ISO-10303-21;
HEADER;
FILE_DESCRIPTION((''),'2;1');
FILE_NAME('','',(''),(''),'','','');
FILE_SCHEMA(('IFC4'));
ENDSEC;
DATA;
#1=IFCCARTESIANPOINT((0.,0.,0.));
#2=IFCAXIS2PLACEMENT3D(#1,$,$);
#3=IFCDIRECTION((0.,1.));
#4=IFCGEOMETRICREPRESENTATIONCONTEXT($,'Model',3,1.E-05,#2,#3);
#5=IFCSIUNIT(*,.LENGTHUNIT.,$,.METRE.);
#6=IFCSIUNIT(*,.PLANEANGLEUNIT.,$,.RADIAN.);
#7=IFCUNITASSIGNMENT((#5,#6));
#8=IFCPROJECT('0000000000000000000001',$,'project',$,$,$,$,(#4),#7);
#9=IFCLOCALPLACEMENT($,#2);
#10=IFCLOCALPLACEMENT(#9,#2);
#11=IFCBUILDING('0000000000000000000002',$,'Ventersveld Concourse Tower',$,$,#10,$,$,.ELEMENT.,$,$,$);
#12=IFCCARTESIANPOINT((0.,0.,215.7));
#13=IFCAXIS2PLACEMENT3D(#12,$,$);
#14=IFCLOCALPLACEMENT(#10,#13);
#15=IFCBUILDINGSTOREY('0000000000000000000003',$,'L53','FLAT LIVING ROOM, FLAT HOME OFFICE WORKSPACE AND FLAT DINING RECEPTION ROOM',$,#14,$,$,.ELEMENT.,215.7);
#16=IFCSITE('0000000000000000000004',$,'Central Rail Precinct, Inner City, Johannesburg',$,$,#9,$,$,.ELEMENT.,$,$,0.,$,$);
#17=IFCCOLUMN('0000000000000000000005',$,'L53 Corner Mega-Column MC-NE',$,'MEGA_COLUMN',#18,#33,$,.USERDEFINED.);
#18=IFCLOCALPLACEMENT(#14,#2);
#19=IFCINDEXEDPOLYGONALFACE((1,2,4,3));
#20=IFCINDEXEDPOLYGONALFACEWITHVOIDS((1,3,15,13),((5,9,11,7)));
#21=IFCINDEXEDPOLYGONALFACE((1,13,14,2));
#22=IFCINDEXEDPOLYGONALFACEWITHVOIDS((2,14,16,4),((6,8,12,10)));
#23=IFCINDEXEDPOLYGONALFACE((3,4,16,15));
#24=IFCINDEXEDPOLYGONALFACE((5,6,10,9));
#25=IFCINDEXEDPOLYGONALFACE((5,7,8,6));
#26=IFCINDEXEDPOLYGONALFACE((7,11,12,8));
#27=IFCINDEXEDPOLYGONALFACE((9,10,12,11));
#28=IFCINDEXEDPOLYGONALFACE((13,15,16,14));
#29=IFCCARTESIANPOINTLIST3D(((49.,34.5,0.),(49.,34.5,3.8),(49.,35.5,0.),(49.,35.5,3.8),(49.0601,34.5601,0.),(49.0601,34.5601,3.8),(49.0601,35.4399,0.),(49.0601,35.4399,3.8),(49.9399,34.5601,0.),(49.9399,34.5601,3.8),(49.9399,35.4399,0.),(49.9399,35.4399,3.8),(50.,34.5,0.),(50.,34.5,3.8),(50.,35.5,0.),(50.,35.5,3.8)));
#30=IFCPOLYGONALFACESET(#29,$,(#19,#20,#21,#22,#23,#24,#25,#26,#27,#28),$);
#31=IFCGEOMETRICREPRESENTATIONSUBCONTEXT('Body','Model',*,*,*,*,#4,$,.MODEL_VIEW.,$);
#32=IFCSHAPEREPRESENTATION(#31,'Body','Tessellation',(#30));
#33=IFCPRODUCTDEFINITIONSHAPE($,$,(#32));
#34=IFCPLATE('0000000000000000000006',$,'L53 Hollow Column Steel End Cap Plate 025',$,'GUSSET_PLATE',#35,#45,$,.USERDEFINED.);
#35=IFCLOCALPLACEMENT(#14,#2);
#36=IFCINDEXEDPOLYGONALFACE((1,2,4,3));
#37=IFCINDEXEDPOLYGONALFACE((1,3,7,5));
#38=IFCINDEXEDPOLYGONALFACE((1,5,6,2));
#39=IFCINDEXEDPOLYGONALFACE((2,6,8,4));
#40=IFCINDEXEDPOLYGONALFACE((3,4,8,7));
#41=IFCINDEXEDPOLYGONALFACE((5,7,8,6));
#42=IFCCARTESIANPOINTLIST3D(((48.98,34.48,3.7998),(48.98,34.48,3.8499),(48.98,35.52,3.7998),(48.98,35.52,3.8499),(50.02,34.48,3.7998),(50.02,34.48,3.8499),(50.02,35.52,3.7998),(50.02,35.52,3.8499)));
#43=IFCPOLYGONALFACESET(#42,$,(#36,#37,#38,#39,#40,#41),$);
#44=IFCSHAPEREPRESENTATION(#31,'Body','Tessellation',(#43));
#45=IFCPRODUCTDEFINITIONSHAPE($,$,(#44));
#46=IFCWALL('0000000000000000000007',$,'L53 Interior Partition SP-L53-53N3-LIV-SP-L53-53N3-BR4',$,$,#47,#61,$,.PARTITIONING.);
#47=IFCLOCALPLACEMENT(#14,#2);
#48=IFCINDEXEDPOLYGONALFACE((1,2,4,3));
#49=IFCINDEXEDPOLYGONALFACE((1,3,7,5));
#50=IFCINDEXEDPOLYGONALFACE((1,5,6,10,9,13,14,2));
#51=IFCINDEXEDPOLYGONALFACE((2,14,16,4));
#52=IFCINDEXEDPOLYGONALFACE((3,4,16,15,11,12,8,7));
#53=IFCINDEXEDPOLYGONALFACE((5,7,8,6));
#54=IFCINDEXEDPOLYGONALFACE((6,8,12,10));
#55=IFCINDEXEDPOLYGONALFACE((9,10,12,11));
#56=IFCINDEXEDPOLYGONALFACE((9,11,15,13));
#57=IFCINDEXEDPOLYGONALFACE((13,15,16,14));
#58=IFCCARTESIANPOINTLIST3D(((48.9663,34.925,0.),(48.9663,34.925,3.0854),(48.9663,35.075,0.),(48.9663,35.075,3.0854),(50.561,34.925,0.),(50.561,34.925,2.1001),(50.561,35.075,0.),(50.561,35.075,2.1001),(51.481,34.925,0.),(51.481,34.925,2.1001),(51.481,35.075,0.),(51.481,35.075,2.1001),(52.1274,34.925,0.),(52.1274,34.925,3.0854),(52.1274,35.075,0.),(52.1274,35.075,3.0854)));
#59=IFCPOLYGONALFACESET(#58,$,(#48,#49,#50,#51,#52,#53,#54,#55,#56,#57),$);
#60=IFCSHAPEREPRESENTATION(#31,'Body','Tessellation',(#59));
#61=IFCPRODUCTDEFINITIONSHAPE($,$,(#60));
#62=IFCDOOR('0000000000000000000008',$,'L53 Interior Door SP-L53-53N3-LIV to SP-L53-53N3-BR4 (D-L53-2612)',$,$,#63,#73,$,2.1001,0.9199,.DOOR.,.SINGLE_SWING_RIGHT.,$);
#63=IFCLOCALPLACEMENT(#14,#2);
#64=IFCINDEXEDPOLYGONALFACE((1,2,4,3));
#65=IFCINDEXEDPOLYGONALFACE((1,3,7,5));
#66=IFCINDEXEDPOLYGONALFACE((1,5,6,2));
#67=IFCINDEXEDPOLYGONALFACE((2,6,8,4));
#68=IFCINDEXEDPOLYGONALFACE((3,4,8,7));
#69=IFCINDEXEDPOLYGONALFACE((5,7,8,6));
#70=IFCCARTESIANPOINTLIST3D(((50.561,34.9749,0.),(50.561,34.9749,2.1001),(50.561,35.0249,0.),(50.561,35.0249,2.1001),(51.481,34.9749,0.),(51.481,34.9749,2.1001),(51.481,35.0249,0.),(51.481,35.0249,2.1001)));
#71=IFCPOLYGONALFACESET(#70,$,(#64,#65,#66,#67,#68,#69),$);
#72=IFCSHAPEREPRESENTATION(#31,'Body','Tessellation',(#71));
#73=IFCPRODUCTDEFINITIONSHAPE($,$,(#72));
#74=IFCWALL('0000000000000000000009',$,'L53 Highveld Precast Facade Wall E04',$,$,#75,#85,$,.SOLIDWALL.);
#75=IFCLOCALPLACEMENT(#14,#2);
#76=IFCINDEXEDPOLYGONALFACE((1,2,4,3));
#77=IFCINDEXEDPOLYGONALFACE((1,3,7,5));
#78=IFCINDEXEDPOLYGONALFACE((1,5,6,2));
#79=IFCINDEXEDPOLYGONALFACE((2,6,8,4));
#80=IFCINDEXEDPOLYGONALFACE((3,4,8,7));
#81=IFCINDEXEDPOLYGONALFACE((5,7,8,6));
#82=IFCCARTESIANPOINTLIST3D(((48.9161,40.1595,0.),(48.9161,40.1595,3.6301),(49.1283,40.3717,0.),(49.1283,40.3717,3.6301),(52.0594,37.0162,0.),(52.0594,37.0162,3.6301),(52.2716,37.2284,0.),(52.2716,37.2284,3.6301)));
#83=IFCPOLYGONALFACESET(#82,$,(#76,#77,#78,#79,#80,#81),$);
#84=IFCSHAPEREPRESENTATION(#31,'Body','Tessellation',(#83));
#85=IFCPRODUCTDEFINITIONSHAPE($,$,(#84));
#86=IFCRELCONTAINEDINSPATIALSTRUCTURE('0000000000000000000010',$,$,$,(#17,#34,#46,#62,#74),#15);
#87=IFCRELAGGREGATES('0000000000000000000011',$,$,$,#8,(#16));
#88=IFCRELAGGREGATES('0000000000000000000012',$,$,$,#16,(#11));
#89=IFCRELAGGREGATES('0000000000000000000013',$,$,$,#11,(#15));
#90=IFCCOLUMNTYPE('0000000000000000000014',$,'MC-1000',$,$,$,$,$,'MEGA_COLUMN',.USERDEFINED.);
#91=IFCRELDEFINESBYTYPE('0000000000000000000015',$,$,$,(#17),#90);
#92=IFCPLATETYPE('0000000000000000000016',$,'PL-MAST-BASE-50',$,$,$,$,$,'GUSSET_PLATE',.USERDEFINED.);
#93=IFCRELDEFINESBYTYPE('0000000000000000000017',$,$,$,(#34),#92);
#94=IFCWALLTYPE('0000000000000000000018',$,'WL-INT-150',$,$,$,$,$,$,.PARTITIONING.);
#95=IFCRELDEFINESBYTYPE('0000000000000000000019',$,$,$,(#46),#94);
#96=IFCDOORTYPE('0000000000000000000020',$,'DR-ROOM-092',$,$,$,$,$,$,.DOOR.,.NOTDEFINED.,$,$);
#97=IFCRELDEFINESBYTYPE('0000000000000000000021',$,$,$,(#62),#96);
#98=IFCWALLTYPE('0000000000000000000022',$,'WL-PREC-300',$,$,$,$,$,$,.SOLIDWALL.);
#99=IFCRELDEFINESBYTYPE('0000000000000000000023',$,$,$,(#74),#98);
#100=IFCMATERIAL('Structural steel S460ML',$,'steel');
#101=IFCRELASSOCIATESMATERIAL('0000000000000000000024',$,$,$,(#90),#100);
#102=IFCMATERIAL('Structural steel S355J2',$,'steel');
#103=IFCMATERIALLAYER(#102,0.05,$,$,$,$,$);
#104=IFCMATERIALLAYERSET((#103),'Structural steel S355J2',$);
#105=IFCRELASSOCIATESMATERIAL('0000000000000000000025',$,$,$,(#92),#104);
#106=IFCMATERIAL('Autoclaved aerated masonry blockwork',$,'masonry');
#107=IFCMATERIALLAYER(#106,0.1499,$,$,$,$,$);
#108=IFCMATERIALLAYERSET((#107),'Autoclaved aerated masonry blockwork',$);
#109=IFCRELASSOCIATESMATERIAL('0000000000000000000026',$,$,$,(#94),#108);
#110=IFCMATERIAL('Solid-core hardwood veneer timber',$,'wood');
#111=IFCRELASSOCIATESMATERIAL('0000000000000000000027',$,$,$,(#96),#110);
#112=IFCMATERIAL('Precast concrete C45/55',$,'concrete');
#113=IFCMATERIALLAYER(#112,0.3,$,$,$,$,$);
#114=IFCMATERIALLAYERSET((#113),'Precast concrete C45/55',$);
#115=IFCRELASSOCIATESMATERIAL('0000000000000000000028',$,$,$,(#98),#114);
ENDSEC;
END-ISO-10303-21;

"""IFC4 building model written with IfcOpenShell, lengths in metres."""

from ifc_helpers import new_model, si_unit, direction, frame, frame_2d, origin, origin_2d, place, context, subcontext, project, spatial, rectangle, hollow_rectangle, extrude, material, layer, layer_set, material_profile, profile_set, type_object, element, fill, save


model = new_model("IFC4")

# Units and contexts
model_context = context("Model", 3, precision=1e-05, world=origin(), true_north=direction((0.0, 1.0)))
body_context = subcontext(model_context, "Body", "Model", "MODEL_VIEW")
ifc_project = project(units=[si_unit("LENGTHUNIT", "METRE"), si_unit("PLANEANGLEUNIT", "RADIAN")], contexts=[model_context])

# Site, building, storey
site_placement = place(None, origin())
site = spatial("IfcSite", under=ifc_project, at=site_placement, Name="Central Rail Precinct, Inner City, Johannesburg", CompositionType="ELEMENT", RefElevation=0.0)
building_placement = place(site_placement, origin())
building = spatial("IfcBuilding", under=site, at=building_placement, Name="Ventersveld Concourse Tower", CompositionType="ELEMENT")
storey_placement = place(building_placement, frame((0.0, 0.0, 215.7)))
storey = spatial("IfcBuildingStorey", under=building, at=storey_placement, Name="L53", Description="FLAT LIVING ROOM, FLAT HOME OFFICE WORKSPACE AND FLAT DINING RECEPTION ROOM", CompositionType="ELEMENT", Elevation=215.7)

# Column
ifc_material_1 = material(Name="Structural steel S460ML", Category="steel")
ifc_material_profile = material_profile(ifc_material_1, hollow_rectangle(XDim=1.0, YDim=1.0, WallThickness=0.0601, at=origin_2d()), Name="BOX 1000x1000x60")
ifc_profile_set = profile_set([ifc_material_profile], Name="Structural steel S460ML")
column_type = type_object("IfcColumnType", Name="MC-1000", ElementType="MEGA_COLUMN", PredefinedType="USERDEFINED", material=ifc_profile_set)
column_placement = place(storey_placement, frame((49.5, 35.0, 0.0), z_axis=(0.0, 0.0, 1.0), x_axis=(1.0, 0.0, 0.0)))
element("IfcColumn", 1, at=column_placement, inside=storey, type_object=column_type, Name="L53 Corner Mega-Column MC-NE", ObjectType="MEGA_COLUMN", PredefinedType="USERDEFINED", context=body_context, shape_type="SweptSolid", body=[
    extrude(hollow_rectangle(XDim=1.0, YDim=1.0, WallThickness=0.0601, at=origin_2d()), origin(), (0.0, 0.0, 1.0), 3.8),
])

# Plate
ifc_material_2 = material(Name="Structural steel S355J2", Category="steel")
ifc_layer_1 = layer(ifc_material_2, 0.05)
ifc_layer_set_1 = layer_set([ifc_layer_1], Name="Structural steel S355J2")
plate_type = type_object("IfcPlateType", Name="PL-MAST-BASE-50", ElementType="GUSSET_PLATE", PredefinedType="USERDEFINED", material=ifc_layer_set_1)
plate_placement = place(storey_placement, frame((49.5, 35.0, 3.7998), z_axis=(0.0, 0.0, 1.0), x_axis=(1.0, 0.0, 0.0)))
element("IfcPlate", 2, at=plate_placement, inside=storey, type_object=plate_type, Name="L53 Hollow Column Steel End Cap Plate 025", ObjectType="GUSSET_PLATE", PredefinedType="USERDEFINED", context=body_context, shape_type="SweptSolid", body=[
    extrude(rectangle(XDim=1.04, YDim=1.04, at=origin_2d()), origin(), (0.0, 0.0, 1.0), 0.05),
])

# Wall, opening, door
ifc_material_3 = material(Name="Autoclaved aerated masonry blockwork", Category="masonry")
ifc_layer_2 = layer(ifc_material_3, 0.1499)
ifc_layer_set_2 = layer_set([ifc_layer_2], Name="Autoclaved aerated masonry blockwork")
wall_type_1 = type_object("IfcWallType", Name="WL-INT-150", PredefinedType="PARTITIONING", material=ifc_layer_set_2)
wall_1_placement = place(storey_placement, frame((48.9663, 35.0, 0.0), z_axis=(0.0, 0.0, 1.0), x_axis=(1.0, 0.0, 0.0)))
wall_1 = element("IfcWall", 3, at=wall_1_placement, inside=storey, type_object=wall_type_1, Name="L53 Interior Partition SP-L53-53N3-LIV-SP-L53-53N3-BR4", PredefinedType="PARTITIONING", context=body_context, shape_type="SweptSolid", body=[
    extrude(rectangle(XDim=3.1611, YDim=0.1499, at=frame_2d((1.5806, 0.0))), origin(), (0.0, 0.0, 1.0), 3.0854),
])
opening_1_placement = place(wall_1_placement, frame((1.5947, 0.0, 0.0)))
opening_1 = element("IfcOpeningElement", 4, at=opening_1_placement, cuts=wall_1, PredefinedType="OPENING", context=body_context, shape_type="SweptSolid", body=[
    extrude(rectangle(XDim=0.9199, YDim=2.1001, at=frame_2d((0.46, 1.05))), frame((0.0, 0.085, 0.0), z_axis=(0.0, -1.0, 0.0), x_axis=(1.0, 0.0, 0.0)), (0.0, 0.0, 1.0), 0.1699),
])
ifc_material_4 = material(Name="Solid-core hardwood veneer timber", Category="wood")
door_type = type_object("IfcDoorType", Name="DR-ROOM-092", OperationType="NOTDEFINED", PredefinedType="DOOR", material=ifc_material_4)
door_placement = place(opening_1_placement, origin())
door = element("IfcDoor", 5, at=door_placement, inside=storey, type_object=door_type, Name="L53 Interior Door SP-L53-53N3-LIV to SP-L53-53N3-BR4 (D-L53-2612)", OperationType="SINGLE_SWING_RIGHT", OverallHeight=2.1001, OverallWidth=0.9199, PredefinedType="DOOR", context=body_context, shape_type="SweptSolid", body=[
    extrude(rectangle(XDim=0.9199, YDim=2.1001, at=frame_2d((0.46, 1.05))), frame((0.0, 0.0249, 0.0), z_axis=(0.0, -1.0, 0.0), x_axis=(1.0, 0.0, 0.0)), (0.0, 0.0, 1.0), 0.05),
])
fill(opening_1, door)

# Wall
ifc_material_5 = material(Name="Precast concrete C45/55", Category="concrete")
ifc_layer_3 = layer(ifc_material_5, 0.3)
ifc_layer_set_3 = layer_set([ifc_layer_3], Name="Precast concrete C45/55")
wall_type_2 = type_object("IfcWallType", Name="WL-PREC-300", PredefinedType="SOLIDWALL", material=ifc_layer_set_3)
wall_2_placement = place(storey_placement, frame((52.1655, 37.1223, 0.0), z_axis=(0.0, 0.0, 1.0), x_axis=(-0.707107, 0.707107, 0.0)))
element("IfcWall", 6, at=wall_2_placement, inside=storey, type_object=wall_type_2, Name="L53 Highveld Precast Facade Wall E04", PredefinedType="SOLIDWALL", context=body_context, shape_type="SweptSolid", body=[
    extrude(rectangle(XDim=4.4453, YDim=0.3, at=frame_2d((2.2227, 0.0))), origin(), (0.0, 0.0, 1.0), 3.6301),
])

save(model, "model.ifc")
